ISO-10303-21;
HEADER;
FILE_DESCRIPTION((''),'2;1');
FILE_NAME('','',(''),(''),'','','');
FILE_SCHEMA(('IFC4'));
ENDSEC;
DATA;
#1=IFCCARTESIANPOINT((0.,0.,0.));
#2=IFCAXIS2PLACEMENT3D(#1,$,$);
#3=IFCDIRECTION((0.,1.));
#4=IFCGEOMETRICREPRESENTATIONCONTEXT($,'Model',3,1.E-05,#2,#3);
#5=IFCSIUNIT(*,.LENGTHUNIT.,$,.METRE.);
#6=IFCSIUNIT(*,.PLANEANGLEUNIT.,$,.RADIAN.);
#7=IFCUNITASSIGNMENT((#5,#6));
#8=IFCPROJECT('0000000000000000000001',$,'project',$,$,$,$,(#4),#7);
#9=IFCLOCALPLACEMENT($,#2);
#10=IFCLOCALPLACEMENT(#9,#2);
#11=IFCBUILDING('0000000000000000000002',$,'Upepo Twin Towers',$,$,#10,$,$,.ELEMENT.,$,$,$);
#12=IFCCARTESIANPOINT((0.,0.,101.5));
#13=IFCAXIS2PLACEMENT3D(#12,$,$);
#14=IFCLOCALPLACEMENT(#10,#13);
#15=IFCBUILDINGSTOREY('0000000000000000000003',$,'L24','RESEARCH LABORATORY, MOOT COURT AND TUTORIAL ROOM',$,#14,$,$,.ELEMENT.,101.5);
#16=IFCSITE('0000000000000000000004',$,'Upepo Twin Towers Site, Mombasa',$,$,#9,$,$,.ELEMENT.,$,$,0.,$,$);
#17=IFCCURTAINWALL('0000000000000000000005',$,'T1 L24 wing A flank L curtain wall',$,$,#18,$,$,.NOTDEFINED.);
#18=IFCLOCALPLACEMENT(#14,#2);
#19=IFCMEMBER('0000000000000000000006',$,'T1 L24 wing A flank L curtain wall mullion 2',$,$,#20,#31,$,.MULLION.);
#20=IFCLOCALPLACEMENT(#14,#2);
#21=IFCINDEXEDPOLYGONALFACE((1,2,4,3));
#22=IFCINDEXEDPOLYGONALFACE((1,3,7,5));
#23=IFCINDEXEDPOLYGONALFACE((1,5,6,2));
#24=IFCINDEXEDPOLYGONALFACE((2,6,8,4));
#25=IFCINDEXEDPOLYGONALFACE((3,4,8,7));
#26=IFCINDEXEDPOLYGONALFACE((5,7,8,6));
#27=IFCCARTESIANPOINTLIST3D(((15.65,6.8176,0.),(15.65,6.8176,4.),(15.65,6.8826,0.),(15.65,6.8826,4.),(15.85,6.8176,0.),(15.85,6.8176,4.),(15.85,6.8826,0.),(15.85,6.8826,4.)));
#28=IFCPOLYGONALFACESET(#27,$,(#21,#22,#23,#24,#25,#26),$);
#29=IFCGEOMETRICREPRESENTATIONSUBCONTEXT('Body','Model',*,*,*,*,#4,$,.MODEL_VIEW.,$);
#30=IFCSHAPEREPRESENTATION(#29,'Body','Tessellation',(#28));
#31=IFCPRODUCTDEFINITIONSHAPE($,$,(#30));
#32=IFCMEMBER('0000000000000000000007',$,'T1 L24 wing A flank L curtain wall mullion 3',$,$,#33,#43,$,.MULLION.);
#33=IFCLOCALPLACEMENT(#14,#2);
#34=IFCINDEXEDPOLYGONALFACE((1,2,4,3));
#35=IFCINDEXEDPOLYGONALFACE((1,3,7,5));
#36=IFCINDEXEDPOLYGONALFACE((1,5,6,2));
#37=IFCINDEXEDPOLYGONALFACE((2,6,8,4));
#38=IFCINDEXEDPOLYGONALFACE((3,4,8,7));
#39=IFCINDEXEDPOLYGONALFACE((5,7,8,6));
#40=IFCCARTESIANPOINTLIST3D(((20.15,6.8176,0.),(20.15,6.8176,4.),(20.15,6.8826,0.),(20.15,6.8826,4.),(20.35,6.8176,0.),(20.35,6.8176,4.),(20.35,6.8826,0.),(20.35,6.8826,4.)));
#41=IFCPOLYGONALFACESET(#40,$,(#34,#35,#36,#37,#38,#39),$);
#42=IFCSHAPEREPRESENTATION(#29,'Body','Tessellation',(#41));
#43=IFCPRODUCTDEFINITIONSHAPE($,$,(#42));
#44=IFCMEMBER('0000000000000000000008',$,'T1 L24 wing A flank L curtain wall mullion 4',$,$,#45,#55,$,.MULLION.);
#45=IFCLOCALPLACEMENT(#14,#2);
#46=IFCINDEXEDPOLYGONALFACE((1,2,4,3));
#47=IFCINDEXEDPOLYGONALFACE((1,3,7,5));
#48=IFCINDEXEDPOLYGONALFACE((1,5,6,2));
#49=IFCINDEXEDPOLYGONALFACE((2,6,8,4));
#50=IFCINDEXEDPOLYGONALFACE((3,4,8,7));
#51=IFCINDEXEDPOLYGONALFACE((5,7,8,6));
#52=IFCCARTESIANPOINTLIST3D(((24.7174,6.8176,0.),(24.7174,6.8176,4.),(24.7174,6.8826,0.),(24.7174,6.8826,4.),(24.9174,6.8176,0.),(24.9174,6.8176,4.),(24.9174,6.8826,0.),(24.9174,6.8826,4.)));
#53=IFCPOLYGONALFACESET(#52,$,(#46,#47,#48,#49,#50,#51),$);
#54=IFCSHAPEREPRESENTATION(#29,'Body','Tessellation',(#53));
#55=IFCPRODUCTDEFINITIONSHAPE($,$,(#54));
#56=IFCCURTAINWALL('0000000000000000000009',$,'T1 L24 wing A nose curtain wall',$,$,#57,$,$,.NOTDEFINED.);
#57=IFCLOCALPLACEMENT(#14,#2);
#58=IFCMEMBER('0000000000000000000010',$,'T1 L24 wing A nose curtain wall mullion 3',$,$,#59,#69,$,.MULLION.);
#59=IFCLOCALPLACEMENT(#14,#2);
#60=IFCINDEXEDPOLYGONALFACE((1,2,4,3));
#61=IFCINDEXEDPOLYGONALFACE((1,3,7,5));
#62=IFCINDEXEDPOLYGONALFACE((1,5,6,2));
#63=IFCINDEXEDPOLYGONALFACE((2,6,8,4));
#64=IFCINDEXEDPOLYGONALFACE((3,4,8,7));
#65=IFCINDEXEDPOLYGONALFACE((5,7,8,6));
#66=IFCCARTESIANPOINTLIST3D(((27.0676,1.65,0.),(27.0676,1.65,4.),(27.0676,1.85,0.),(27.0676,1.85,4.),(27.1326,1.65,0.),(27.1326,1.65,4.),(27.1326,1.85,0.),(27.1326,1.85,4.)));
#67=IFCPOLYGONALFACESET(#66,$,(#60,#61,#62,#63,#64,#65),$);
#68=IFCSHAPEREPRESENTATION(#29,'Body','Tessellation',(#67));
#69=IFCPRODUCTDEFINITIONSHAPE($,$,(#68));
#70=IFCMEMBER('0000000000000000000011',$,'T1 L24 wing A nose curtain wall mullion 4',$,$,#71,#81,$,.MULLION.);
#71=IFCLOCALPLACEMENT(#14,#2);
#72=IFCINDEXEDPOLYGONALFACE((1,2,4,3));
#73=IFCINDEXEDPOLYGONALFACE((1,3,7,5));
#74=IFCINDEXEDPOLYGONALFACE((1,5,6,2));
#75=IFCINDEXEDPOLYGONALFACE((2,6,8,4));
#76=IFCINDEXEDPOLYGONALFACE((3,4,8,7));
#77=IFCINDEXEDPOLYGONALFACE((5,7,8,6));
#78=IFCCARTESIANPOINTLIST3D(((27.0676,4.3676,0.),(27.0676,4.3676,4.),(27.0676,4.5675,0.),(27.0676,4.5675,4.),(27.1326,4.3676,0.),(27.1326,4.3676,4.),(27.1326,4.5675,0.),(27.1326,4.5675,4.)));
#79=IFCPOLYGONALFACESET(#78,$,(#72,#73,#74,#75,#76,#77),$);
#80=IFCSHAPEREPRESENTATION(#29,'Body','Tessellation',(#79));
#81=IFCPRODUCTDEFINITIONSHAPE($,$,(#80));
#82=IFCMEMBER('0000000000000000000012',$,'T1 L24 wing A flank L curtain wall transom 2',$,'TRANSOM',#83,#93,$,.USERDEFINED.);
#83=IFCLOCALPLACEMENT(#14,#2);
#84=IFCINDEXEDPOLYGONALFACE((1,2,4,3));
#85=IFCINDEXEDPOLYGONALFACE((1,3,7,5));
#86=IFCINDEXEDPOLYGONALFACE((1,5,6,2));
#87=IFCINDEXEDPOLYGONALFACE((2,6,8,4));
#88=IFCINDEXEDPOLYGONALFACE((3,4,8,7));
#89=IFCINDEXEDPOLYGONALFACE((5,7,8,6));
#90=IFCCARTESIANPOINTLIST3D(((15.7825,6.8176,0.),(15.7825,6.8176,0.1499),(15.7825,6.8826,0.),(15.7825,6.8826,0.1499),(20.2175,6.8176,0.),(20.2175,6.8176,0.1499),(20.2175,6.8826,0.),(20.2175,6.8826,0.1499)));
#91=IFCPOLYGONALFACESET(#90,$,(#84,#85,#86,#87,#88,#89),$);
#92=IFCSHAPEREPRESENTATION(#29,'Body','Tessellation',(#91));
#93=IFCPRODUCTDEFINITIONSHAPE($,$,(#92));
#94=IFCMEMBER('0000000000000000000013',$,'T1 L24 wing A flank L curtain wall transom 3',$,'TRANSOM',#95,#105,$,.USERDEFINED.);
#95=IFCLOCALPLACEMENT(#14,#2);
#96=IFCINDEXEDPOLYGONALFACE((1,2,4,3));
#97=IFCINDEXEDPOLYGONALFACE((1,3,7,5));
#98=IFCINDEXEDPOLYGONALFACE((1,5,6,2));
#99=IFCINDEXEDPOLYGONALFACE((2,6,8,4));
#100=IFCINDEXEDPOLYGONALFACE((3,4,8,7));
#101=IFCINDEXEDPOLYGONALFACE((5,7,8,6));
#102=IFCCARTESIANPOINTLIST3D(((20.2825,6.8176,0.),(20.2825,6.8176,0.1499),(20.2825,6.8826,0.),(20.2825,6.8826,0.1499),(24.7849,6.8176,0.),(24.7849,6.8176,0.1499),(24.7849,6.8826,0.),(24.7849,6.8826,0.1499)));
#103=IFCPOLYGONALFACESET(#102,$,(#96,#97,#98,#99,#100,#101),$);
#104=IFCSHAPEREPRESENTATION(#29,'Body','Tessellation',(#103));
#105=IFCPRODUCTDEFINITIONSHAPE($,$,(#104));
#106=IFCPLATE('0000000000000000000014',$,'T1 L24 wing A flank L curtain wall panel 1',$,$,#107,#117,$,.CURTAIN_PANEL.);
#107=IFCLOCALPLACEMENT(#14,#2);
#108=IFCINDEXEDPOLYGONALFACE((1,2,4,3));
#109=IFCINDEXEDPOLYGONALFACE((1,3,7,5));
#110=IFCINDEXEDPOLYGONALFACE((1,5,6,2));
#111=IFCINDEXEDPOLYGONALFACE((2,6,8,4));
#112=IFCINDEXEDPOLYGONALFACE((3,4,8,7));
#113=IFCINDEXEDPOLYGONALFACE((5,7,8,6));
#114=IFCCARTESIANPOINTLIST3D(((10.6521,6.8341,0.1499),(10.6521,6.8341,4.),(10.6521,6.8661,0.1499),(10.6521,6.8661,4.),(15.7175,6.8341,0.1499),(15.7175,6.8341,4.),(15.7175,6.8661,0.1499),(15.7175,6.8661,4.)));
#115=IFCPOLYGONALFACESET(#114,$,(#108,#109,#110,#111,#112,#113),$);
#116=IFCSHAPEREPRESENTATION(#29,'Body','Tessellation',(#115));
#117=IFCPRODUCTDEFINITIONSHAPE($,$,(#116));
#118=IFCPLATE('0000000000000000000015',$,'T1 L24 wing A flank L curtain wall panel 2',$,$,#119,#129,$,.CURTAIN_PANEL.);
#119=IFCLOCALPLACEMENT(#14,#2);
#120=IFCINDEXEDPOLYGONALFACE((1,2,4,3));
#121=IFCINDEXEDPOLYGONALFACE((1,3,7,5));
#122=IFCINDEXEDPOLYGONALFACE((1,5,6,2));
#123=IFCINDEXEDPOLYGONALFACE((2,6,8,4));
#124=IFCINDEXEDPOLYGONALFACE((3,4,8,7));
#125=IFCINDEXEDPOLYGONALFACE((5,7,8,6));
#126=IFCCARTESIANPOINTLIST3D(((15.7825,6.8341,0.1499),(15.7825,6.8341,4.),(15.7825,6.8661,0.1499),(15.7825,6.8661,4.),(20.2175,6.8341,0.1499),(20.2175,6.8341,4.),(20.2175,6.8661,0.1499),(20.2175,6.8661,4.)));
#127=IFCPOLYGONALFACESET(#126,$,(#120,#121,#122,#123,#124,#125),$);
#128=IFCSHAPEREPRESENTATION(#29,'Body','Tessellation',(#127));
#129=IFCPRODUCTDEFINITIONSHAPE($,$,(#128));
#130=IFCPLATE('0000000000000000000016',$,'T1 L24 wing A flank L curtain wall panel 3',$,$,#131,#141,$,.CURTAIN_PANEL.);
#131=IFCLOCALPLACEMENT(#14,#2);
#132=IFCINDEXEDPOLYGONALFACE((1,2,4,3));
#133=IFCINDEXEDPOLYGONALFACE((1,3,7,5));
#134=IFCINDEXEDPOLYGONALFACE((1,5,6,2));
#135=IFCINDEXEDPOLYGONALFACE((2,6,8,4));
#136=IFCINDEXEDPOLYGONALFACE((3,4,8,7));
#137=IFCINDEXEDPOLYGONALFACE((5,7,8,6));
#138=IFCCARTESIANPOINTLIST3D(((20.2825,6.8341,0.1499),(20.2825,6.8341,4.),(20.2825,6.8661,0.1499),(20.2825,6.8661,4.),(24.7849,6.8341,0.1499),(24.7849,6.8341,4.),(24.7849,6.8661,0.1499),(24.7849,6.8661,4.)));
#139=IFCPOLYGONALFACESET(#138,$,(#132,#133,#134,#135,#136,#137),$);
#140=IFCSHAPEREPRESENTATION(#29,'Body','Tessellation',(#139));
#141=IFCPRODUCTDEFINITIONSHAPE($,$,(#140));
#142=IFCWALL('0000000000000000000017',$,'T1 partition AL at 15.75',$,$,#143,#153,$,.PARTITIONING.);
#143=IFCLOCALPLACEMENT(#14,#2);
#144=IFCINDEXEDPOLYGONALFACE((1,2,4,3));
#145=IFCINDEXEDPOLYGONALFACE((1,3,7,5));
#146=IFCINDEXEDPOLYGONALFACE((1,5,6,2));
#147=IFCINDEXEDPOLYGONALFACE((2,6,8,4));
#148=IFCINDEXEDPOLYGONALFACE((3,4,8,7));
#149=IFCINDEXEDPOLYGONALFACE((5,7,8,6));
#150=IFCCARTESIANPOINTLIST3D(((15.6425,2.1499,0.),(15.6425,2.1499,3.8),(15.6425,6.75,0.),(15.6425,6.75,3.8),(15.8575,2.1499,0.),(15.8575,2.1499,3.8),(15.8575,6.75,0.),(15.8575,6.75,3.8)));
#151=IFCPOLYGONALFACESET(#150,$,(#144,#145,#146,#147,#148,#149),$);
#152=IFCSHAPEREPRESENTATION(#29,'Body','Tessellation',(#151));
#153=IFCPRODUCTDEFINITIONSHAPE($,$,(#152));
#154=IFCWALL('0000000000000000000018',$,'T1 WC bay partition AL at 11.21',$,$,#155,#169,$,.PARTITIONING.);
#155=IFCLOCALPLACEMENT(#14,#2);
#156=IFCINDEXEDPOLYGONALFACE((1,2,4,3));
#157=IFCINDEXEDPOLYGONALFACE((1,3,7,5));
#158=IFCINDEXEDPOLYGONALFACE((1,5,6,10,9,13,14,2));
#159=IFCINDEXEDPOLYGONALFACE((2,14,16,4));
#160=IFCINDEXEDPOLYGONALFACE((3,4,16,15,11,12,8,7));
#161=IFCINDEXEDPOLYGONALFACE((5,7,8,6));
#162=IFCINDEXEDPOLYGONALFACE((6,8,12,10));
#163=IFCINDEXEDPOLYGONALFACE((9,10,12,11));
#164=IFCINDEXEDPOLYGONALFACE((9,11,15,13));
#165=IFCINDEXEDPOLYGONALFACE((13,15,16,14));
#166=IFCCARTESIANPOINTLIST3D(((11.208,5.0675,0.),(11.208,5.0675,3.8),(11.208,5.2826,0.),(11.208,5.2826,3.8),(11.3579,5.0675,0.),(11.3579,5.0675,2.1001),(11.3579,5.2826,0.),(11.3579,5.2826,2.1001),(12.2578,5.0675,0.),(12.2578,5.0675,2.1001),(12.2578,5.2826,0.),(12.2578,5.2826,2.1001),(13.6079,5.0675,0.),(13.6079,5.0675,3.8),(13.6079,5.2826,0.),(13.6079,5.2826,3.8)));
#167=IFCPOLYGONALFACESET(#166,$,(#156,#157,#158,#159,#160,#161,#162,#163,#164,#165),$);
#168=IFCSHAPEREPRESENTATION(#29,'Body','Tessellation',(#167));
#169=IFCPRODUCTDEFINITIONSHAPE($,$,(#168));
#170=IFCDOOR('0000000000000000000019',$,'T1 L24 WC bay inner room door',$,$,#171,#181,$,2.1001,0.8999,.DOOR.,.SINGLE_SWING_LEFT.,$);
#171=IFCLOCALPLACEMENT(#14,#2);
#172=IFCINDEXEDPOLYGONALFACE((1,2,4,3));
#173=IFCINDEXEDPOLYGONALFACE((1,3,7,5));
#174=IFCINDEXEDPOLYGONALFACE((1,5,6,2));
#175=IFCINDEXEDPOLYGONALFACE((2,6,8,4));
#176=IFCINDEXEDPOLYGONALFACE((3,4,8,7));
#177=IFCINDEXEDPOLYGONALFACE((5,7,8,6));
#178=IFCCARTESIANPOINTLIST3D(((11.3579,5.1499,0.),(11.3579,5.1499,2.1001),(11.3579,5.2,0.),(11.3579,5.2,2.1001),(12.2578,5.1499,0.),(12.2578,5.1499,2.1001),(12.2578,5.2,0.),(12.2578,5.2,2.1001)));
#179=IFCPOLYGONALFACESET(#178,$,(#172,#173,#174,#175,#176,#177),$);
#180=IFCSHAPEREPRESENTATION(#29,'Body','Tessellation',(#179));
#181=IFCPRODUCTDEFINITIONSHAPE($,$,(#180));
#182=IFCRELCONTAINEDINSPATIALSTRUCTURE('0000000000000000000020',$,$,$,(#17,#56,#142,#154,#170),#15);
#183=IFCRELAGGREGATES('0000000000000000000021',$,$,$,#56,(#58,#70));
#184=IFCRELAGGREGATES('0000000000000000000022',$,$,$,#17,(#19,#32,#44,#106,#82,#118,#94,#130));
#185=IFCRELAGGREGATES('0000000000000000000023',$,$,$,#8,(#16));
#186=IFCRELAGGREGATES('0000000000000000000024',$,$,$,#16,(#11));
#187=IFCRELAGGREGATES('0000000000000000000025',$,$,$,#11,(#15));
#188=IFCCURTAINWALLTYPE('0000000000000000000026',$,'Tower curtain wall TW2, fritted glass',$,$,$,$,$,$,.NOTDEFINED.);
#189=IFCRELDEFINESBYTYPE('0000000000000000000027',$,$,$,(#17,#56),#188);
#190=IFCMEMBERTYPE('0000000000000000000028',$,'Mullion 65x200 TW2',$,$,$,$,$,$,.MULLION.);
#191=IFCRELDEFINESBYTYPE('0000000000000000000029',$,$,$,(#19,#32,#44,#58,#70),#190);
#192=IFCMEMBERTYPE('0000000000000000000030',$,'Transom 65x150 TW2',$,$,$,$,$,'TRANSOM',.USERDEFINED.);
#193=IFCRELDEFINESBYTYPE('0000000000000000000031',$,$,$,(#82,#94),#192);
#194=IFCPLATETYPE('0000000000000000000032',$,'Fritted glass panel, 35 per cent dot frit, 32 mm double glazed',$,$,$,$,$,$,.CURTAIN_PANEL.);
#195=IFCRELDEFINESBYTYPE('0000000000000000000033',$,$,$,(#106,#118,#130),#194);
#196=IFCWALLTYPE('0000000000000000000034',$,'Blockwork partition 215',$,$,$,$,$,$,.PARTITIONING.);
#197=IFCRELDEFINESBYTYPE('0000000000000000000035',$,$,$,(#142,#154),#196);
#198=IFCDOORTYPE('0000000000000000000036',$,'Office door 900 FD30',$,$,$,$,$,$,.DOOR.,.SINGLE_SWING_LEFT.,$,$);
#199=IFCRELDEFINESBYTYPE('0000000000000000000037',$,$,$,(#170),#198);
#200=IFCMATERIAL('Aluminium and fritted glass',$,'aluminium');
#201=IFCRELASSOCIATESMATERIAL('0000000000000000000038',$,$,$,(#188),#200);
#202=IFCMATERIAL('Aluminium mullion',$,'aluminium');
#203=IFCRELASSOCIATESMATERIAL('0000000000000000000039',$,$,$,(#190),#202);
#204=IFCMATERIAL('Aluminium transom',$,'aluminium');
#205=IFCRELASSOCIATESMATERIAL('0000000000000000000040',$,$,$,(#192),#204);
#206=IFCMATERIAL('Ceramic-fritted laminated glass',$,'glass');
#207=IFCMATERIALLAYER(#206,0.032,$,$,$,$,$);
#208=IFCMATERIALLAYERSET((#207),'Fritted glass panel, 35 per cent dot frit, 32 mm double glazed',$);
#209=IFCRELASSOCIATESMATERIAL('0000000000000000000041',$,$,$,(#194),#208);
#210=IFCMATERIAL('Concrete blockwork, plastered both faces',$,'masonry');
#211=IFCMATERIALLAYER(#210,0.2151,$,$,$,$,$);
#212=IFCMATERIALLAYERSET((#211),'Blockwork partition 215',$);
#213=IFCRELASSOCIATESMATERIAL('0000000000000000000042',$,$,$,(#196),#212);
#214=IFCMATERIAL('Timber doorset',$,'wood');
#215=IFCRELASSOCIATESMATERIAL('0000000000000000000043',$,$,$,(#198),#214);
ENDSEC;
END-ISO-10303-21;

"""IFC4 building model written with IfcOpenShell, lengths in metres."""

from ifc_helpers import new_model, si_unit, direction, frame, frame_2d, origin, origin_2d, place, context, subcontext, project, spatial, rectangle, extrude, material, layer, layer_set, material_profile, profile_set, type_object, element, fill, aggregate, save


model = new_model("IFC4")

# Units and contexts
model_context = context("Model", 3, precision=1e-05, world=origin(), true_north=direction((0.0, 1.0)))
body_context = subcontext(model_context, "Body", "Model", "MODEL_VIEW")
ifc_project = project(units=[si_unit("LENGTHUNIT", "METRE"), si_unit("PLANEANGLEUNIT", "RADIAN")], contexts=[model_context])

# Site, building, storey
site_placement = place(None, origin())
site = spatial("IfcSite", under=ifc_project, at=site_placement, Name="Upepo Twin Towers Site, Mombasa", CompositionType="ELEMENT", RefElevation=0.0)
building_placement = place(site_placement, origin())
building = spatial("IfcBuilding", under=site, at=building_placement, Name="Upepo Twin Towers", CompositionType="ELEMENT")
storey_placement = place(building_placement, frame((0.0, 0.0, 101.5)))
storey = spatial("IfcBuildingStorey", under=building, at=storey_placement, Name="L24", Description="RESEARCH LABORATORY, MOOT COURT AND TUTORIAL ROOM", CompositionType="ELEMENT", Elevation=101.5)

# Curtain walls, members
ifc_material_1 = material(Name="Aluminium and fritted glass", Category="aluminium")
curtain_wall_type = type_object("IfcCurtainWallType", Name="Tower curtain wall TW2, fritted glass", PredefinedType="NOTDEFINED", material=ifc_material_1)
curtain_wall_1_placement = place(storey_placement, origin())
curtain_wall_1 = element("IfcCurtainWall", 1, at=curtain_wall_1_placement, inside=storey, type_object=curtain_wall_type, Name="T1 L24 wing A flank L curtain wall", PredefinedType="NOTDEFINED")
ifc_material_2 = material(Name="Aluminium mullion", Category="aluminium")
ifc_material_profile_1 = material_profile(ifc_material_2, rectangle(XDim=0.0649, YDim=0.2, at=origin_2d()), Name="MULLION 65x200")
ifc_profile_set_1 = profile_set([ifc_material_profile_1], Name="Aluminium mullion")
member_type_1 = type_object("IfcMemberType", Name="Mullion 65x200 TW2", PredefinedType="MULLION", material=ifc_profile_set_1)
member_1_placement = place(storey_placement, frame((15.75, 6.8501, 0.0), z_axis=(0.0, 0.0, 1.0), x_axis=(0.0, 1.0, 0.0)))
member_1 = element("IfcMember", 2, at=member_1_placement, type_object=member_type_1, Name="T1 L24 wing A flank L curtain wall mullion 2", PredefinedType="MULLION", context=body_context, shape_type="SweptSolid", body=[
    extrude(rectangle(XDim=0.0649, YDim=0.2, at=origin_2d()), origin(), (0.0, 0.0, 1.0), 4.0),
])
member_2_placement = place(storey_placement, frame((20.25, 6.8501, 0.0), z_axis=(0.0, 0.0, 1.0), x_axis=(0.0, 1.0, 0.0)))
member_2 = element("IfcMember", 3, at=member_2_placement, type_object=member_type_1, Name="T1 L24 wing A flank L curtain wall mullion 3", PredefinedType="MULLION", context=body_context, shape_type="SweptSolid", body=[
    extrude(rectangle(XDim=0.0649, YDim=0.2, at=origin_2d()), origin(), (0.0, 0.0, 1.0), 4.0),
])
member_3_placement = place(storey_placement, frame((24.8174, 6.8501, 0.0), z_axis=(0.0, 0.0, 1.0), x_axis=(0.0, 1.0, 0.0)))
member_3 = element("IfcMember", 4, at=member_3_placement, type_object=member_type_1, Name="T1 L24 wing A flank L curtain wall mullion 4", PredefinedType="MULLION", context=body_context, shape_type="SweptSolid", body=[
    extrude(rectangle(XDim=0.0649, YDim=0.2, at=origin_2d()), origin(), (0.0, 0.0, 1.0), 4.0),
])
curtain_wall_2_placement = place(storey_placement, origin())
curtain_wall_2 = element("IfcCurtainWall", 5, at=curtain_wall_2_placement, inside=storey, type_object=curtain_wall_type, Name="T1 L24 wing A nose curtain wall", PredefinedType="NOTDEFINED")
member_4_placement = place(storey_placement, frame((27.1001, 1.75, 0.0), z_axis=(0.0, 0.0, 1.0), x_axis=(-1.0, 0.0, 0.0)))
member_4 = element("IfcMember", 6, at=member_4_placement, type_object=member_type_1, Name="T1 L24 wing A nose curtain wall mullion 3", PredefinedType="MULLION", context=body_context, shape_type="SweptSolid", body=[
    extrude(rectangle(XDim=0.0649, YDim=0.2, at=origin_2d()), origin(), (0.0, 0.0, 1.0), 4.0),
])
member_5_placement = place(storey_placement, frame((27.1001, 4.4675, 0.0), z_axis=(0.0, 0.0, 1.0), x_axis=(-1.0, 0.0, 0.0)))
member_5 = element("IfcMember", 7, at=member_5_placement, type_object=member_type_1, Name="T1 L24 wing A nose curtain wall mullion 4", PredefinedType="MULLION", context=body_context, shape_type="SweptSolid", body=[
    extrude(rectangle(XDim=0.0649, YDim=0.2, at=origin_2d()), origin(), (0.0, 0.0, 1.0), 4.0),
])
aggregate(curtain_wall_2, [member_4, member_5])

# Members
ifc_material_3 = material(Name="Aluminium transom", Category="aluminium")
ifc_material_profile_2 = material_profile(ifc_material_3, rectangle(XDim=0.0649, YDim=0.1499, at=origin_2d()), Name="TRANSOM 65x150")
ifc_profile_set_2 = profile_set([ifc_material_profile_2], Name="Aluminium transom")
member_type_2 = type_object("IfcMemberType", Name="Transom 65x150 TW2", ElementType="TRANSOM", PredefinedType="USERDEFINED", material=ifc_profile_set_2)
member_6_placement = place(storey_placement, frame((15.7825, 6.8501, 0.075), z_axis=(1.0, 0.0, 0.0), x_axis=(0.0, 1.0, 0.0)))
member_6 = element("IfcMember", 8, at=member_6_placement, type_object=member_type_2, Name="T1 L24 wing A flank L curtain wall transom 2", ObjectType="TRANSOM", PredefinedType="USERDEFINED", context=body_context, shape_type="SweptSolid", body=[
    extrude(rectangle(XDim=0.0649, YDim=0.1499, at=origin_2d()), origin(), (0.0, 0.0, 1.0), 4.4351),
])
member_7_placement = place(storey_placement, frame((20.2825, 6.8501, 0.075), z_axis=(1.0, 0.0, 0.0), x_axis=(0.0, 1.0, 0.0)))
member_7 = element("IfcMember", 9, at=member_7_placement, type_object=member_type_2, Name="T1 L24 wing A flank L curtain wall transom 3", ObjectType="TRANSOM", PredefinedType="USERDEFINED", context=body_context, shape_type="SweptSolid", body=[
    extrude(rectangle(XDim=0.0649, YDim=0.1499, at=origin_2d()), origin(), (0.0, 0.0, 1.0), 4.5024),
])

# Plates
ifc_material_4 = material(Name="Ceramic-fritted laminated glass", Category="glass")
ifc_layer_1 = layer(ifc_material_4, 0.032)
ifc_layer_set_1 = layer_set([ifc_layer_1], Name="Fritted glass panel, 35 per cent dot frit, 32 mm double glazed")
plate_type = type_object("IfcPlateType", Name="Fritted glass panel, 35 per cent dot frit, 32 mm double glazed", PredefinedType="CURTAIN_PANEL", material=ifc_layer_set_1)
plate_1_placement = place(storey_placement, frame((13.1848, 6.8501, 0.1499), z_axis=(0.0, 0.0, 1.0), x_axis=(1.0, 0.0, 0.0)))
plate_1 = element("IfcPlate", 10, at=plate_1_placement, type_object=plate_type, Name="T1 L24 wing A flank L curtain wall panel 1", PredefinedType="CURTAIN_PANEL", context=body_context, shape_type="SweptSolid", body=[
    extrude(rectangle(XDim=5.0654, YDim=0.032, at=origin_2d()), origin(), (0.0, 0.0, 1.0), 3.8501),
])
plate_2_placement = place(storey_placement, frame((18.0, 6.8501, 0.1499), z_axis=(0.0, 0.0, 1.0), x_axis=(1.0, 0.0, 0.0)))
plate_2 = element("IfcPlate", 11, at=plate_2_placement, type_object=plate_type, Name="T1 L24 wing A flank L curtain wall panel 2", PredefinedType="CURTAIN_PANEL", context=body_context, shape_type="SweptSolid", body=[
    extrude(rectangle(XDim=4.4351, YDim=0.032, at=origin_2d()), origin(), (0.0, 0.0, 1.0), 3.8501),
])
plate_3_placement = place(storey_placement, frame((22.5337, 6.8501, 0.1499), z_axis=(0.0, 0.0, 1.0), x_axis=(1.0, 0.0, 0.0)))
plate_3 = element("IfcPlate", 12, at=plate_3_placement, type_object=plate_type, Name="T1 L24 wing A flank L curtain wall panel 3", PredefinedType="CURTAIN_PANEL", context=body_context, shape_type="SweptSolid", body=[
    extrude(rectangle(XDim=4.5024, YDim=0.032, at=origin_2d()), origin(), (0.0, 0.0, 1.0), 3.8501),
])
aggregate(curtain_wall_1, [member_1, member_2, member_3, plate_1, member_6, plate_2, member_7, plate_3])

# Wall
ifc_material_5 = material(Name="Concrete blockwork, plastered both faces", Category="masonry")
ifc_layer_2 = layer(ifc_material_5, 0.2151)
ifc_layer_set_2 = layer_set([ifc_layer_2], Name="Blockwork partition 215")
wall_type_1 = type_object("IfcWallType", Name="Blockwork partition 215", PredefinedType="PARTITIONING", material=ifc_layer_set_2)
wall_1_placement = place(storey_placement, frame((15.75, 2.1499, 0.0), z_axis=(0.0, 0.0, 1.0), x_axis=(0.0, 1.0, 0.0)))
element("IfcWall", 13, at=wall_1_placement, inside=storey, type_object=wall_type_1, Name="T1 partition AL at 15.75", PredefinedType="PARTITIONING", context=body_context, shape_type="SweptSolid", body=[
    extrude(rectangle(XDim=4.6001, YDim=0.2151, at=frame_2d((2.3, 0.0))), origin(), (0.0, 0.0, 1.0), 3.8),
])

# Wall, opening, door
wall_2_placement = place(storey_placement, frame((11.208, 5.175, 0.0), z_axis=(0.0, 0.0, 1.0), x_axis=(1.0, 0.0, 0.0)))
wall_2 = element("IfcWall", 14, at=wall_2_placement, inside=storey, type_object=wall_type_1, Name="T1 WC bay partition AL at 11.21", PredefinedType="PARTITIONING", context=body_context, shape_type="SweptSolid", body=[
    extrude(rectangle(XDim=2.3999, YDim=0.2151, at=frame_2d((1.2, 0.0))), origin(), (0.0, 0.0, 1.0), 3.8),
])
opening_1_placement = place(wall_2_placement, frame((0.1499, 0.0, 0.0)))
opening_1 = element("IfcOpeningElement", 15, at=opening_1_placement, cuts=wall_2, PredefinedType="OPENING", context=body_context, shape_type="SweptSolid", body=[
    extrude(rectangle(XDim=0.8999, YDim=2.1001, at=frame_2d((0.45, 1.05))), frame((0.0, 0.1174, 0.0), z_axis=(0.0, -1.0, 0.0), x_axis=(1.0, 0.0, 0.0)), (0.0, 0.0, 1.0), 0.2351),
])
ifc_material_6 = material(Name="Timber doorset", Category="wood")
door_type_1 = type_object("IfcDoorType", Name="Office door 900 FD30", OperationType="SINGLE_SWING_LEFT", PredefinedType="DOOR", material=ifc_material_6)
door_1_placement = place(opening_1_placement, origin())
door_1 = element("IfcDoor", 16, at=door_1_placement, inside=storey, type_object=door_type_1, Name="T1 L24 WC bay inner room door", OperationType="SINGLE_SWING_LEFT", OverallHeight=2.1001, OverallWidth=0.8999, PredefinedType="DOOR", context=body_context, shape_type="SweptSolid", body=[
    extrude(rectangle(XDim=0.8999, YDim=2.1001, at=frame_2d((0.45, 1.05))), frame((0.0, 0.0249, 0.0), z_axis=(0.0, -1.0, 0.0), x_axis=(1.0, 0.0, 0.0)), (0.0, 0.0, 1.0), 0.05),
])
fill(opening_1, door_1)

save(model, "model.ifc")
